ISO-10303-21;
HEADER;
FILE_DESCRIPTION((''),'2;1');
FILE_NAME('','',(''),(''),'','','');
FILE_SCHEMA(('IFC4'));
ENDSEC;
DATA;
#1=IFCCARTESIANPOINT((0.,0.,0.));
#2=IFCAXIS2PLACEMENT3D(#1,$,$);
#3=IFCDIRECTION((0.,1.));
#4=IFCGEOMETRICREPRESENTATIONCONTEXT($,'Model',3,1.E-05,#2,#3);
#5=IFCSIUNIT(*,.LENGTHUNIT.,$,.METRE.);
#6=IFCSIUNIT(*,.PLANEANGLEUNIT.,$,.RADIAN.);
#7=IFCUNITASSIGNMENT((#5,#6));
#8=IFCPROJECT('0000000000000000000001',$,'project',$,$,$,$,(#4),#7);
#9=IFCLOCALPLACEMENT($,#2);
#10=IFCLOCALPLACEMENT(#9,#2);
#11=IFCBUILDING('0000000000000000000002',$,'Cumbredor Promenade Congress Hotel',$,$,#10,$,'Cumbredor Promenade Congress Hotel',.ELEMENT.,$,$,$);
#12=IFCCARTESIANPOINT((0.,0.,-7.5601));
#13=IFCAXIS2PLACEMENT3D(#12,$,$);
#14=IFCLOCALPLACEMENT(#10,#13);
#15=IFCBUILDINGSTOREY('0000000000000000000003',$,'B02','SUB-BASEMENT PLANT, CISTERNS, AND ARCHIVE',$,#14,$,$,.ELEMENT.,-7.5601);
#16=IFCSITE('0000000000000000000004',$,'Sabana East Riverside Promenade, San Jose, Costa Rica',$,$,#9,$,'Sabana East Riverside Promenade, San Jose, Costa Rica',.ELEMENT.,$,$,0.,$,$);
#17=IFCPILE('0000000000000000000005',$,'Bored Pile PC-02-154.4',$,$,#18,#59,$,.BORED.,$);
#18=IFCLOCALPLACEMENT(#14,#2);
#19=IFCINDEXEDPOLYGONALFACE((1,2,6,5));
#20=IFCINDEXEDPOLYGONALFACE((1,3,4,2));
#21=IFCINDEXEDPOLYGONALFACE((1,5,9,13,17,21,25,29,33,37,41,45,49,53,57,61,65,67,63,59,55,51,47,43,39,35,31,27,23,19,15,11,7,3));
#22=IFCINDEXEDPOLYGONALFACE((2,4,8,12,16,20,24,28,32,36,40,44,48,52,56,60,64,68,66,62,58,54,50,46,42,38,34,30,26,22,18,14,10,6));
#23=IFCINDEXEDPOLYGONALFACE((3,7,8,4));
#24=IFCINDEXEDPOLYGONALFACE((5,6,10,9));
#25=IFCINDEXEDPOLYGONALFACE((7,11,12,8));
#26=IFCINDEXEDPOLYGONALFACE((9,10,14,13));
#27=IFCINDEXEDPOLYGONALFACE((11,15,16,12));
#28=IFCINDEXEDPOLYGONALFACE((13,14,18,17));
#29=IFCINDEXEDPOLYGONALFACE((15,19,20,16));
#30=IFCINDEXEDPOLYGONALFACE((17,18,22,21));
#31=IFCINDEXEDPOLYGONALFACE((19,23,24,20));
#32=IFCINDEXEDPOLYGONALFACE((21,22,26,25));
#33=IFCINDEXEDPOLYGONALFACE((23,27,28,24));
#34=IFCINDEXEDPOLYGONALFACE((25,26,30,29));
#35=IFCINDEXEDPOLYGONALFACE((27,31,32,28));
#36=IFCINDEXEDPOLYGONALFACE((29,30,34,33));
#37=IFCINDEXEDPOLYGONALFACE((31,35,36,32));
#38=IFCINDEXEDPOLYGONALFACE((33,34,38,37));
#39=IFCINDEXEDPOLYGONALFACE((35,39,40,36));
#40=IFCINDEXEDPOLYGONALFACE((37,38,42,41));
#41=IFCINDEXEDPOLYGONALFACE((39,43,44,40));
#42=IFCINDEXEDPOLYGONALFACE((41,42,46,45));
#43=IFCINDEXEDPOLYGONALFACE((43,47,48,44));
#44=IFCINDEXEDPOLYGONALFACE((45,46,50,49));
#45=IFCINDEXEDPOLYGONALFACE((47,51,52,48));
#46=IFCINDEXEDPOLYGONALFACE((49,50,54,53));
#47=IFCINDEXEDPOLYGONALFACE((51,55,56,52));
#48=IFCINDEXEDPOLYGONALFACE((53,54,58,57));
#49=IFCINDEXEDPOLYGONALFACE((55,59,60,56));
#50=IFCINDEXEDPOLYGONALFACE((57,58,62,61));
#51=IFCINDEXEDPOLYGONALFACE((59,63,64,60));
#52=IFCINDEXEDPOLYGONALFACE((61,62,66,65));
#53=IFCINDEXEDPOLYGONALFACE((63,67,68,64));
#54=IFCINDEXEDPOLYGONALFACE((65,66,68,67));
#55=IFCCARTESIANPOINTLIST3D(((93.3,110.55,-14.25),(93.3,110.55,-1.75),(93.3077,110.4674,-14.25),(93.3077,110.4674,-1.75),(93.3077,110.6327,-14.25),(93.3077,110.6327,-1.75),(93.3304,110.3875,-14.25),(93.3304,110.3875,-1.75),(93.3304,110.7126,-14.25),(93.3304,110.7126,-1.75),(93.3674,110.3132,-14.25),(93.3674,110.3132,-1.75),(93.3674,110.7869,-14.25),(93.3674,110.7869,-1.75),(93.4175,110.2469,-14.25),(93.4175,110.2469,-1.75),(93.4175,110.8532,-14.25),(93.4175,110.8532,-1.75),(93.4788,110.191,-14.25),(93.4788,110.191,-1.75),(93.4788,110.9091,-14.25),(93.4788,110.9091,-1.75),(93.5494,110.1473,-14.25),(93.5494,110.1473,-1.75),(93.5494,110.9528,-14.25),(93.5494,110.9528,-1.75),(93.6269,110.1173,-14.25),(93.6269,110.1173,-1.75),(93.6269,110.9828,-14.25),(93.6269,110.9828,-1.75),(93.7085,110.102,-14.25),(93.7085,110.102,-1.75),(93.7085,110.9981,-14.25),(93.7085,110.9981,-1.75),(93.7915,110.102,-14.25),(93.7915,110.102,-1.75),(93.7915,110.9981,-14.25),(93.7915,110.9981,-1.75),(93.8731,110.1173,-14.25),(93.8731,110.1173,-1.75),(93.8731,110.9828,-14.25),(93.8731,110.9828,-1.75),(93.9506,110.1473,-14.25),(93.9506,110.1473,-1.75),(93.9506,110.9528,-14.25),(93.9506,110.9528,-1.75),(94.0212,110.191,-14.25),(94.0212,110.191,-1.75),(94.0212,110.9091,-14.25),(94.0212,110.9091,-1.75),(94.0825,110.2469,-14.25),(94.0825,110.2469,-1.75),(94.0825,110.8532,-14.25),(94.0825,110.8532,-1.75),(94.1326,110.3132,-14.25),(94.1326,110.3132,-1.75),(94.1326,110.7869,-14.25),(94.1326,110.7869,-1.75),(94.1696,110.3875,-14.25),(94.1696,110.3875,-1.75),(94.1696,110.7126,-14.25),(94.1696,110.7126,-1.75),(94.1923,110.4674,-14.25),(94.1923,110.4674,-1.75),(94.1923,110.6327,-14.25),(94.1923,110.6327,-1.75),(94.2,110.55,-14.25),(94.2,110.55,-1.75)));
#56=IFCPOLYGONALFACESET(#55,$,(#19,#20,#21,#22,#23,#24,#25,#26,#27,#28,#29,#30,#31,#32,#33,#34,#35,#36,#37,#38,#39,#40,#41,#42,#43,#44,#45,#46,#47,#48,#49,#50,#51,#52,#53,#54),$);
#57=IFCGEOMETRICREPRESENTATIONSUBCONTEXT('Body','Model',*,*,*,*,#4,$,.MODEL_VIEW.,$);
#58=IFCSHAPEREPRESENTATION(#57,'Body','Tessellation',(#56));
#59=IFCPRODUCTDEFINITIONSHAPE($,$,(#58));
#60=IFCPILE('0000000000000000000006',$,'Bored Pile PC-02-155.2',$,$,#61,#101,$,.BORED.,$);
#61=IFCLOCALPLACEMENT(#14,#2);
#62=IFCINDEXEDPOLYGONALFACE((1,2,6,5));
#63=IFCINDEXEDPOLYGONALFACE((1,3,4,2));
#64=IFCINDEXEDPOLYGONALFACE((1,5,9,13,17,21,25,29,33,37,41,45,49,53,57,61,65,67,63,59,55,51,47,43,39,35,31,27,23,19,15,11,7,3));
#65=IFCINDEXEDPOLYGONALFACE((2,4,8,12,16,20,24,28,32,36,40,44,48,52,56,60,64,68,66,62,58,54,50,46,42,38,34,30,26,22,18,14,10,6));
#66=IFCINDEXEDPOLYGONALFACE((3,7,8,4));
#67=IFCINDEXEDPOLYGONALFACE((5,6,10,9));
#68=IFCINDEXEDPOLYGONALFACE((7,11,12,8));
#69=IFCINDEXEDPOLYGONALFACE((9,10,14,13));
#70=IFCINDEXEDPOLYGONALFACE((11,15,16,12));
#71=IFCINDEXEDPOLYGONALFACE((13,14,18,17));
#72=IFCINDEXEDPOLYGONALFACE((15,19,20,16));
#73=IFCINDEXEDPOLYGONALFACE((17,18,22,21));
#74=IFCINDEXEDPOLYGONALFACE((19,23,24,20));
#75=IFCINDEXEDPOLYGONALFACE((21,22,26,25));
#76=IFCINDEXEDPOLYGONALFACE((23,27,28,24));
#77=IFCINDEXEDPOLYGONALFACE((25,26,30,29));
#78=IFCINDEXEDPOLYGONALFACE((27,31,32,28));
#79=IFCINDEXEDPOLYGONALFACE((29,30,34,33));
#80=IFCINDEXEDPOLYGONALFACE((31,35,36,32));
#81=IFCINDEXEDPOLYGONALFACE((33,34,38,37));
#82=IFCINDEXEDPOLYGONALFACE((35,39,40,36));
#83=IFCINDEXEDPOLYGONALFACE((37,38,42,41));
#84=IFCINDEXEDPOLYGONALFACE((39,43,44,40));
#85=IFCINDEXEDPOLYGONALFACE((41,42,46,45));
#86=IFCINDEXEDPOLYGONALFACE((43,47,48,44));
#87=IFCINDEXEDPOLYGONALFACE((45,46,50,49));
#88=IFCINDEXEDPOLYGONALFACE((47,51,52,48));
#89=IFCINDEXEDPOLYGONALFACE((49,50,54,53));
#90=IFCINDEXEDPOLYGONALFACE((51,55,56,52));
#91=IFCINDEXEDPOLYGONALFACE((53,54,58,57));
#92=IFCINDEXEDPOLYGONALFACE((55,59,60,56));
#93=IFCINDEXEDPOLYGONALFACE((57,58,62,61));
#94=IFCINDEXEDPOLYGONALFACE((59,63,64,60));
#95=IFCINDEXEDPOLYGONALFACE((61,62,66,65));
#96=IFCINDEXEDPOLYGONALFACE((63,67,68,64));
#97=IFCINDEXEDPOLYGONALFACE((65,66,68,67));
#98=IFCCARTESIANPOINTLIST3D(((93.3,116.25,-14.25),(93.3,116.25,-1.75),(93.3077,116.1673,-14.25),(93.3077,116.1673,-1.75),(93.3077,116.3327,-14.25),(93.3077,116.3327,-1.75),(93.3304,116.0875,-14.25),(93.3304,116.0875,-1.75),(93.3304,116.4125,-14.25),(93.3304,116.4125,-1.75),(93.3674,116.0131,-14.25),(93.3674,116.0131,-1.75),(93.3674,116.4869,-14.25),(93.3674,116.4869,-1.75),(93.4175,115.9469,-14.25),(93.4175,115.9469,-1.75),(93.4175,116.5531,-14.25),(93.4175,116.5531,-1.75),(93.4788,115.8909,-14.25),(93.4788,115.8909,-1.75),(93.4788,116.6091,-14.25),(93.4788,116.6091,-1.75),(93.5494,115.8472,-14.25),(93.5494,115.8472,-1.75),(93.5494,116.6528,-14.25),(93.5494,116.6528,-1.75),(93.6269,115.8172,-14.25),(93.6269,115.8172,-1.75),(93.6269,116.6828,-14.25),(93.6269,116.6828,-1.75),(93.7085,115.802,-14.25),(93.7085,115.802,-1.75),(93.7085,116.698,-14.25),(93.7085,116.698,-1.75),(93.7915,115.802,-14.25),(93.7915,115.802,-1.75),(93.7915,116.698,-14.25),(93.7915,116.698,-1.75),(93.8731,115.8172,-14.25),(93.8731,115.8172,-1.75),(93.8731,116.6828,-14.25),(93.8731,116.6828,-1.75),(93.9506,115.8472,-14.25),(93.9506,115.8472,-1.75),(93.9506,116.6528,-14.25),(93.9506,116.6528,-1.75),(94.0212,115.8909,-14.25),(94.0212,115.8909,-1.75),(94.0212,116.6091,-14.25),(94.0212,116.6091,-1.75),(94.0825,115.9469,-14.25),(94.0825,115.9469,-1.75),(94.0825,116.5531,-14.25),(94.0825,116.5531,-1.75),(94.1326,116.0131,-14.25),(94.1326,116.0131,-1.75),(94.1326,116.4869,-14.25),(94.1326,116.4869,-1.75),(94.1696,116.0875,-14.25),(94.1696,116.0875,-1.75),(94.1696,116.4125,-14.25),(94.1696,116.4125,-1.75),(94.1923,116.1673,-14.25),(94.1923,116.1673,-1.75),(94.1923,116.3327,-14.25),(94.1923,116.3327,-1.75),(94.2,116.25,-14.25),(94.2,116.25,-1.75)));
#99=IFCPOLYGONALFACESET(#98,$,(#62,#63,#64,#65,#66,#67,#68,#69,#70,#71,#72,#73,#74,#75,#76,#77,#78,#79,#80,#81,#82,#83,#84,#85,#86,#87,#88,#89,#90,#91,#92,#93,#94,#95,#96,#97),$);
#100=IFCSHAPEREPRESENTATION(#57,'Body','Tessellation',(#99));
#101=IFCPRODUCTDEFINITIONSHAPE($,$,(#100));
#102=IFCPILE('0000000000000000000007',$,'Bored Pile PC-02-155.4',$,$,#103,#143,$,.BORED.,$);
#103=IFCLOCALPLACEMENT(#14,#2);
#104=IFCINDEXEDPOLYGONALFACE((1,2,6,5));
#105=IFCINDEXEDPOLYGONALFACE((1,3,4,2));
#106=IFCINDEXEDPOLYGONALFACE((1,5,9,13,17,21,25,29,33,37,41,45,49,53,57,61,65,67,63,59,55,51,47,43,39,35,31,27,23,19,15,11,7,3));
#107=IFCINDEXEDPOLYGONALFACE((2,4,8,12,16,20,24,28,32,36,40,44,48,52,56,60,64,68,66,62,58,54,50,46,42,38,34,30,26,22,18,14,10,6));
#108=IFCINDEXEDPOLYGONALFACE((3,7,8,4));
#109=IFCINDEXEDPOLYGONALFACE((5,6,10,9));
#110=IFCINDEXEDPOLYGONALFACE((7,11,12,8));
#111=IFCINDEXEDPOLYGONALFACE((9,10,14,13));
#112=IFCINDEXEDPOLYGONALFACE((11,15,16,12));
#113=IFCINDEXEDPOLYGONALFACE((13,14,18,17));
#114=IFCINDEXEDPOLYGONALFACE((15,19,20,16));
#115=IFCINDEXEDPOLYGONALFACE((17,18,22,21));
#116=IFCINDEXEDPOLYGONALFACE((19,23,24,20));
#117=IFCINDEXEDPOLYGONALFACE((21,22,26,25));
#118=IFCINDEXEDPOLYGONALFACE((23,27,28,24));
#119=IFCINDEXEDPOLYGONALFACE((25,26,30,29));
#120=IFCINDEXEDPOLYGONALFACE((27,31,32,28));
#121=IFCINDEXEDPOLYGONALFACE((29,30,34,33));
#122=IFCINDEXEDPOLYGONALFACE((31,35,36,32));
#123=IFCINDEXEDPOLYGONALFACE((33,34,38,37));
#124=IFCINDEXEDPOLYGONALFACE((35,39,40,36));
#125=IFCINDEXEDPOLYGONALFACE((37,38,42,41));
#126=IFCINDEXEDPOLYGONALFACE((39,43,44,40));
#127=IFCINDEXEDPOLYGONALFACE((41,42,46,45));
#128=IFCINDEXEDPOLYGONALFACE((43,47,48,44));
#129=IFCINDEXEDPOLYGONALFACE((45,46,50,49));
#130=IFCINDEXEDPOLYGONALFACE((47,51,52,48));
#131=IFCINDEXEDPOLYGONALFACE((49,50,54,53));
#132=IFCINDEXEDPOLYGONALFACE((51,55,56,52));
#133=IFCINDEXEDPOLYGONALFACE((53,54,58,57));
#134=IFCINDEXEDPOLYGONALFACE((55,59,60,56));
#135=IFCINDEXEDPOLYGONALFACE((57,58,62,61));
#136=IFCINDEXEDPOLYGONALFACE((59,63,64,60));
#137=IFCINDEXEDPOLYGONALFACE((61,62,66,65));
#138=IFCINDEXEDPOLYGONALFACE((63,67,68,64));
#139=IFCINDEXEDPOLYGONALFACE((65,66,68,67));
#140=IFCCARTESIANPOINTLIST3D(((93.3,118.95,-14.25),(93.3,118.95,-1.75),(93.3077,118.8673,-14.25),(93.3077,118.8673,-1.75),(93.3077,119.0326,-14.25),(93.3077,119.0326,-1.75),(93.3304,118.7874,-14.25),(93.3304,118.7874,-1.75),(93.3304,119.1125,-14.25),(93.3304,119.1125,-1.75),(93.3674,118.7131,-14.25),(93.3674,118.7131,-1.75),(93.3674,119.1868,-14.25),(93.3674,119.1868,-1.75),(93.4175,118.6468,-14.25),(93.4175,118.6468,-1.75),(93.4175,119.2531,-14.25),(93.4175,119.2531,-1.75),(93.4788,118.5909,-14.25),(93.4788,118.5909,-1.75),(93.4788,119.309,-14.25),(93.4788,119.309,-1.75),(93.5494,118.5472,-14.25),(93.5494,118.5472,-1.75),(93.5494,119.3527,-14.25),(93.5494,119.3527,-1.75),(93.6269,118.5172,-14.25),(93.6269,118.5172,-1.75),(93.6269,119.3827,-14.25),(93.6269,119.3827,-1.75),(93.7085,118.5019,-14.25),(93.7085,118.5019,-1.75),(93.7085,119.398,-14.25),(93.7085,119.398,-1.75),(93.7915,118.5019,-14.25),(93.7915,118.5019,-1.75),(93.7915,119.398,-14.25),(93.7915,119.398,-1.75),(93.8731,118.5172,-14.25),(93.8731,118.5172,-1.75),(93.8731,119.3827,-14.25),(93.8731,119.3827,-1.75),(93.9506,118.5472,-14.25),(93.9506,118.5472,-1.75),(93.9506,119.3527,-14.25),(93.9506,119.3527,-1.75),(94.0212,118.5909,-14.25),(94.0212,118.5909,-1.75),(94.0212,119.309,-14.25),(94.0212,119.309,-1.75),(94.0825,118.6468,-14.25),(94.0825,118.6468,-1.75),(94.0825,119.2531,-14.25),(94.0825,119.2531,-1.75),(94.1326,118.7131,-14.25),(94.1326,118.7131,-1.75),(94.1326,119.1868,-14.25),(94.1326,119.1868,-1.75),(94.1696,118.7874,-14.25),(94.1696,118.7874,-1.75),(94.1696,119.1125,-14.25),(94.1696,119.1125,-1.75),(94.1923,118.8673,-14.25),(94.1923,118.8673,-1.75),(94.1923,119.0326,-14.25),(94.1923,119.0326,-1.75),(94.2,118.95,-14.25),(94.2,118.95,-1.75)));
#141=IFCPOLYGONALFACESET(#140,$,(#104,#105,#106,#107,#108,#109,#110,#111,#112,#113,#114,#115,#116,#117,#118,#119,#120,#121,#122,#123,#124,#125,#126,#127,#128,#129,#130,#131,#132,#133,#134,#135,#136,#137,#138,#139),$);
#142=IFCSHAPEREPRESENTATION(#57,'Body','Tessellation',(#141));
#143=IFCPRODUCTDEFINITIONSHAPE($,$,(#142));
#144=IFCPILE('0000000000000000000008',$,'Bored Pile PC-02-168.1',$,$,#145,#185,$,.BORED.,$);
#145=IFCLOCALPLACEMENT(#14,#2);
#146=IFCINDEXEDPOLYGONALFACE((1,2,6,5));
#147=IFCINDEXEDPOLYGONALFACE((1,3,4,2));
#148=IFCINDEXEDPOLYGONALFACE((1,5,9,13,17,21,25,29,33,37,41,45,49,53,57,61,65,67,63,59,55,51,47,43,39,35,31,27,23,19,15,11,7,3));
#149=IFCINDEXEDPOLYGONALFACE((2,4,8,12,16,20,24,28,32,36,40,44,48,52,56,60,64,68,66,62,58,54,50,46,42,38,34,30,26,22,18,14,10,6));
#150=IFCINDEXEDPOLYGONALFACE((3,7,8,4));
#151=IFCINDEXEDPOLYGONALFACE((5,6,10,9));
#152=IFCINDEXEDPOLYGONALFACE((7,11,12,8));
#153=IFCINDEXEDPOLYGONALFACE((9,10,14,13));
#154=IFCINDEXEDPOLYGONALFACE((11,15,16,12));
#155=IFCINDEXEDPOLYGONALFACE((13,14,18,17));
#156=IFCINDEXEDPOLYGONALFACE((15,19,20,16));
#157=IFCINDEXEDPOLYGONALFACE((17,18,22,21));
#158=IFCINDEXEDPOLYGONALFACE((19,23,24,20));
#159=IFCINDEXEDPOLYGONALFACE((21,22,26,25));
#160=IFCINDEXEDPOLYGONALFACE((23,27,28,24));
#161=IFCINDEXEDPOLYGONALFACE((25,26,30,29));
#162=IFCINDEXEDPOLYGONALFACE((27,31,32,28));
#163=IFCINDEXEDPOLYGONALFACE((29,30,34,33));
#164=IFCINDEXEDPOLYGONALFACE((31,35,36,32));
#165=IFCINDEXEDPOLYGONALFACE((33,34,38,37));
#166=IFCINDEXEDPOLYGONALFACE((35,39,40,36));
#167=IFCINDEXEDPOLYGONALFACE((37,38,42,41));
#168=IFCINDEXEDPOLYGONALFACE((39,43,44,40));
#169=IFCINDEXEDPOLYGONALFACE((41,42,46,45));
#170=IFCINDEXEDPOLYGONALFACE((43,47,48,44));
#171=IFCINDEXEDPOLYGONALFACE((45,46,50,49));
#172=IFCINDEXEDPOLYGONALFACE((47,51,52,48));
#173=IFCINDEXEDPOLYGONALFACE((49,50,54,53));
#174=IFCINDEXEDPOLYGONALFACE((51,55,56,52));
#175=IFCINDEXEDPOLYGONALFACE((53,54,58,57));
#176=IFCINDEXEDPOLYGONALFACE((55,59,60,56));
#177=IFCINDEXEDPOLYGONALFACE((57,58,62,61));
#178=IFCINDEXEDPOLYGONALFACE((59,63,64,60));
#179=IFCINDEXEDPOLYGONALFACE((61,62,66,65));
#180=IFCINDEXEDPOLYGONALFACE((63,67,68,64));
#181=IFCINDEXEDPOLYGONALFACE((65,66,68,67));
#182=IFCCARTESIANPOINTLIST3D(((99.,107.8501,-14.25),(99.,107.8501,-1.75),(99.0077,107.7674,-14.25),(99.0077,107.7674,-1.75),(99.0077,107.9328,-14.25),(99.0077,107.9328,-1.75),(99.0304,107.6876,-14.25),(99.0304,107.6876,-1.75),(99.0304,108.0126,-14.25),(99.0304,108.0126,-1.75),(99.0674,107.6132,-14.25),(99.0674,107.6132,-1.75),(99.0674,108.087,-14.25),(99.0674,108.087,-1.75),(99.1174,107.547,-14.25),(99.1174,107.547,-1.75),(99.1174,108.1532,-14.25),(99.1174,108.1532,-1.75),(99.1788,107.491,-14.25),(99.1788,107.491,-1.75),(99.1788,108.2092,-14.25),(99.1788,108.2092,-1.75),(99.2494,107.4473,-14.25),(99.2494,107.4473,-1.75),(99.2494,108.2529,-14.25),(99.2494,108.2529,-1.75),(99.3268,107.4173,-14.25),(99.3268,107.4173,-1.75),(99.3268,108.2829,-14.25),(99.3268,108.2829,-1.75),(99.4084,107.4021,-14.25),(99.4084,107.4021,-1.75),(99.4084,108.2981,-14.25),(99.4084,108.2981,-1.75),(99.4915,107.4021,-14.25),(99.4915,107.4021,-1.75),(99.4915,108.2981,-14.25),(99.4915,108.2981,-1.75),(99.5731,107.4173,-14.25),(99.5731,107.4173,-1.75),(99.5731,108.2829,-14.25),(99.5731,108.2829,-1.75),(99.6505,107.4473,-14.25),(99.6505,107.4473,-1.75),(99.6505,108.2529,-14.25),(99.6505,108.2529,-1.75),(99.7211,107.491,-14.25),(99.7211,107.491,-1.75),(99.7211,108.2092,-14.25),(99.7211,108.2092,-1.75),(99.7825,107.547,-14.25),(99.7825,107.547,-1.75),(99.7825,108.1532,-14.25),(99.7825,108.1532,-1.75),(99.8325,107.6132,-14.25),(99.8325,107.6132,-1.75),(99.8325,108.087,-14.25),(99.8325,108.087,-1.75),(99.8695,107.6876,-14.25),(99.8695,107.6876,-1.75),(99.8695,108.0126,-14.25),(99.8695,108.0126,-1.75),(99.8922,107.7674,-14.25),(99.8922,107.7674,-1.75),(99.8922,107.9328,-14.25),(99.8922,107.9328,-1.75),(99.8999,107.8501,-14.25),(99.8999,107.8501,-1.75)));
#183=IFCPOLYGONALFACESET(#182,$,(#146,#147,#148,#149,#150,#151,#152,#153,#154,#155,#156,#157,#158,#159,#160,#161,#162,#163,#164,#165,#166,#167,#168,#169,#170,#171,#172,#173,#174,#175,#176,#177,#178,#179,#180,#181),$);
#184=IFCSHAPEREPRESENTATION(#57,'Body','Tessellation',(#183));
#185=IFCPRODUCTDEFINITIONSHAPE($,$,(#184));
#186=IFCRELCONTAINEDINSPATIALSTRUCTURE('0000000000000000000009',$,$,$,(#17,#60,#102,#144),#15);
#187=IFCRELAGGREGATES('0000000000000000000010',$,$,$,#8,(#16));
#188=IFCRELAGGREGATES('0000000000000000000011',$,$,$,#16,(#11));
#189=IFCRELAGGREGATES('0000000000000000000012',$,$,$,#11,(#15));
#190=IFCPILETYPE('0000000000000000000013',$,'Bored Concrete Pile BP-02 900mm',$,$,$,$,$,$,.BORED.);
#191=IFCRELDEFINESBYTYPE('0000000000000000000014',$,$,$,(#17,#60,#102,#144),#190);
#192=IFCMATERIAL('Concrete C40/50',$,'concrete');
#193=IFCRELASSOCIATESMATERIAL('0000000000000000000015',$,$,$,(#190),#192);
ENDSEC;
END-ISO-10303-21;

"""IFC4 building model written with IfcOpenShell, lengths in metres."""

from ifc_helpers import new_model, si_unit, direction, frame, origin, origin_2d, place, context, subcontext, project, spatial, circle, extrude, material, material_profile, profile_set, type_object, element, save


model = new_model("IFC4")

# Units and contexts
model_context = context("Model", 3, precision=1e-05, world=origin(), true_north=direction((0.0, 1.0)))
body_context = subcontext(model_context, "Body", "Model", "MODEL_VIEW")
ifc_project = project(units=[si_unit("LENGTHUNIT", "METRE"), si_unit("PLANEANGLEUNIT", "RADIAN")], contexts=[model_context])

# Site, building, storey
site_placement = place(None, origin())
site = spatial("IfcSite", under=ifc_project, at=site_placement, Name="Sabana East Riverside Promenade, San Jose, Costa Rica", LongName="Sabana East Riverside Promenade, San Jose, Costa Rica", CompositionType="ELEMENT", RefElevation=0.0)
building_placement = place(site_placement, origin())
building = spatial("IfcBuilding", under=site, at=building_placement, Name="Cumbredor Promenade Congress Hotel", LongName="Cumbredor Promenade Congress Hotel", CompositionType="ELEMENT")
storey_placement = place(building_placement, frame((0.0, 0.0, -7.5601)))
storey = spatial("IfcBuildingStorey", under=building, at=storey_placement, Name="B02", Description="SUB-BASEMENT PLANT, CISTERNS, AND ARCHIVE", CompositionType="ELEMENT", Elevation=-7.5601)

# Piles
ifc_material_1 = material(Name="Concrete C40/50", Category="concrete")
ifc_material_profile_1 = material_profile(ifc_material_1, circle(Radius=0.45, at=origin_2d()), Name="PILE D900")
ifc_profile_set_1 = profile_set([ifc_material_profile_1], Name="Concrete C40/50")
pile_type = type_object("IfcPileType", Name="Bored Concrete Pile BP-02 900mm", PredefinedType="BORED", material=ifc_profile_set_1)
for number, where, z_axis, x_axis, name in (
    (1, (93.75, 110.55, -1.75), (0.0, 0.0, -1.0), (1.0, 0.0, 0.0), "Bored Pile PC-02-154.4"),
    (2, (93.75, 116.25, -1.75), (0.0, 0.0, -1.0), (1.0, 0.0, 0.0), "Bored Pile PC-02-155.2"),
    (3, (93.75, 118.95, -1.75), (0.0, 0.0, -1.0), (1.0, 0.0, 0.0), "Bored Pile PC-02-155.4"),
    (4, (99.45, 107.8501, -1.75), (0.0, 0.0, -1.0), (1.0, 0.0, 0.0), "Bored Pile PC-02-168.1"),
):
    element("IfcPile", number, at=place(storey_placement, frame(where, z_axis=z_axis, x_axis=x_axis)), inside=storey, type_object=pile_type, Name=name, PredefinedType="BORED", context=body_context, shape_type="SweptSolid", body=[
        extrude(circle(Radius=0.45, at=origin_2d()), origin(), (0.0, 0.0, 1.0), 12.5),
    ])

save(model, "model.ifc")
